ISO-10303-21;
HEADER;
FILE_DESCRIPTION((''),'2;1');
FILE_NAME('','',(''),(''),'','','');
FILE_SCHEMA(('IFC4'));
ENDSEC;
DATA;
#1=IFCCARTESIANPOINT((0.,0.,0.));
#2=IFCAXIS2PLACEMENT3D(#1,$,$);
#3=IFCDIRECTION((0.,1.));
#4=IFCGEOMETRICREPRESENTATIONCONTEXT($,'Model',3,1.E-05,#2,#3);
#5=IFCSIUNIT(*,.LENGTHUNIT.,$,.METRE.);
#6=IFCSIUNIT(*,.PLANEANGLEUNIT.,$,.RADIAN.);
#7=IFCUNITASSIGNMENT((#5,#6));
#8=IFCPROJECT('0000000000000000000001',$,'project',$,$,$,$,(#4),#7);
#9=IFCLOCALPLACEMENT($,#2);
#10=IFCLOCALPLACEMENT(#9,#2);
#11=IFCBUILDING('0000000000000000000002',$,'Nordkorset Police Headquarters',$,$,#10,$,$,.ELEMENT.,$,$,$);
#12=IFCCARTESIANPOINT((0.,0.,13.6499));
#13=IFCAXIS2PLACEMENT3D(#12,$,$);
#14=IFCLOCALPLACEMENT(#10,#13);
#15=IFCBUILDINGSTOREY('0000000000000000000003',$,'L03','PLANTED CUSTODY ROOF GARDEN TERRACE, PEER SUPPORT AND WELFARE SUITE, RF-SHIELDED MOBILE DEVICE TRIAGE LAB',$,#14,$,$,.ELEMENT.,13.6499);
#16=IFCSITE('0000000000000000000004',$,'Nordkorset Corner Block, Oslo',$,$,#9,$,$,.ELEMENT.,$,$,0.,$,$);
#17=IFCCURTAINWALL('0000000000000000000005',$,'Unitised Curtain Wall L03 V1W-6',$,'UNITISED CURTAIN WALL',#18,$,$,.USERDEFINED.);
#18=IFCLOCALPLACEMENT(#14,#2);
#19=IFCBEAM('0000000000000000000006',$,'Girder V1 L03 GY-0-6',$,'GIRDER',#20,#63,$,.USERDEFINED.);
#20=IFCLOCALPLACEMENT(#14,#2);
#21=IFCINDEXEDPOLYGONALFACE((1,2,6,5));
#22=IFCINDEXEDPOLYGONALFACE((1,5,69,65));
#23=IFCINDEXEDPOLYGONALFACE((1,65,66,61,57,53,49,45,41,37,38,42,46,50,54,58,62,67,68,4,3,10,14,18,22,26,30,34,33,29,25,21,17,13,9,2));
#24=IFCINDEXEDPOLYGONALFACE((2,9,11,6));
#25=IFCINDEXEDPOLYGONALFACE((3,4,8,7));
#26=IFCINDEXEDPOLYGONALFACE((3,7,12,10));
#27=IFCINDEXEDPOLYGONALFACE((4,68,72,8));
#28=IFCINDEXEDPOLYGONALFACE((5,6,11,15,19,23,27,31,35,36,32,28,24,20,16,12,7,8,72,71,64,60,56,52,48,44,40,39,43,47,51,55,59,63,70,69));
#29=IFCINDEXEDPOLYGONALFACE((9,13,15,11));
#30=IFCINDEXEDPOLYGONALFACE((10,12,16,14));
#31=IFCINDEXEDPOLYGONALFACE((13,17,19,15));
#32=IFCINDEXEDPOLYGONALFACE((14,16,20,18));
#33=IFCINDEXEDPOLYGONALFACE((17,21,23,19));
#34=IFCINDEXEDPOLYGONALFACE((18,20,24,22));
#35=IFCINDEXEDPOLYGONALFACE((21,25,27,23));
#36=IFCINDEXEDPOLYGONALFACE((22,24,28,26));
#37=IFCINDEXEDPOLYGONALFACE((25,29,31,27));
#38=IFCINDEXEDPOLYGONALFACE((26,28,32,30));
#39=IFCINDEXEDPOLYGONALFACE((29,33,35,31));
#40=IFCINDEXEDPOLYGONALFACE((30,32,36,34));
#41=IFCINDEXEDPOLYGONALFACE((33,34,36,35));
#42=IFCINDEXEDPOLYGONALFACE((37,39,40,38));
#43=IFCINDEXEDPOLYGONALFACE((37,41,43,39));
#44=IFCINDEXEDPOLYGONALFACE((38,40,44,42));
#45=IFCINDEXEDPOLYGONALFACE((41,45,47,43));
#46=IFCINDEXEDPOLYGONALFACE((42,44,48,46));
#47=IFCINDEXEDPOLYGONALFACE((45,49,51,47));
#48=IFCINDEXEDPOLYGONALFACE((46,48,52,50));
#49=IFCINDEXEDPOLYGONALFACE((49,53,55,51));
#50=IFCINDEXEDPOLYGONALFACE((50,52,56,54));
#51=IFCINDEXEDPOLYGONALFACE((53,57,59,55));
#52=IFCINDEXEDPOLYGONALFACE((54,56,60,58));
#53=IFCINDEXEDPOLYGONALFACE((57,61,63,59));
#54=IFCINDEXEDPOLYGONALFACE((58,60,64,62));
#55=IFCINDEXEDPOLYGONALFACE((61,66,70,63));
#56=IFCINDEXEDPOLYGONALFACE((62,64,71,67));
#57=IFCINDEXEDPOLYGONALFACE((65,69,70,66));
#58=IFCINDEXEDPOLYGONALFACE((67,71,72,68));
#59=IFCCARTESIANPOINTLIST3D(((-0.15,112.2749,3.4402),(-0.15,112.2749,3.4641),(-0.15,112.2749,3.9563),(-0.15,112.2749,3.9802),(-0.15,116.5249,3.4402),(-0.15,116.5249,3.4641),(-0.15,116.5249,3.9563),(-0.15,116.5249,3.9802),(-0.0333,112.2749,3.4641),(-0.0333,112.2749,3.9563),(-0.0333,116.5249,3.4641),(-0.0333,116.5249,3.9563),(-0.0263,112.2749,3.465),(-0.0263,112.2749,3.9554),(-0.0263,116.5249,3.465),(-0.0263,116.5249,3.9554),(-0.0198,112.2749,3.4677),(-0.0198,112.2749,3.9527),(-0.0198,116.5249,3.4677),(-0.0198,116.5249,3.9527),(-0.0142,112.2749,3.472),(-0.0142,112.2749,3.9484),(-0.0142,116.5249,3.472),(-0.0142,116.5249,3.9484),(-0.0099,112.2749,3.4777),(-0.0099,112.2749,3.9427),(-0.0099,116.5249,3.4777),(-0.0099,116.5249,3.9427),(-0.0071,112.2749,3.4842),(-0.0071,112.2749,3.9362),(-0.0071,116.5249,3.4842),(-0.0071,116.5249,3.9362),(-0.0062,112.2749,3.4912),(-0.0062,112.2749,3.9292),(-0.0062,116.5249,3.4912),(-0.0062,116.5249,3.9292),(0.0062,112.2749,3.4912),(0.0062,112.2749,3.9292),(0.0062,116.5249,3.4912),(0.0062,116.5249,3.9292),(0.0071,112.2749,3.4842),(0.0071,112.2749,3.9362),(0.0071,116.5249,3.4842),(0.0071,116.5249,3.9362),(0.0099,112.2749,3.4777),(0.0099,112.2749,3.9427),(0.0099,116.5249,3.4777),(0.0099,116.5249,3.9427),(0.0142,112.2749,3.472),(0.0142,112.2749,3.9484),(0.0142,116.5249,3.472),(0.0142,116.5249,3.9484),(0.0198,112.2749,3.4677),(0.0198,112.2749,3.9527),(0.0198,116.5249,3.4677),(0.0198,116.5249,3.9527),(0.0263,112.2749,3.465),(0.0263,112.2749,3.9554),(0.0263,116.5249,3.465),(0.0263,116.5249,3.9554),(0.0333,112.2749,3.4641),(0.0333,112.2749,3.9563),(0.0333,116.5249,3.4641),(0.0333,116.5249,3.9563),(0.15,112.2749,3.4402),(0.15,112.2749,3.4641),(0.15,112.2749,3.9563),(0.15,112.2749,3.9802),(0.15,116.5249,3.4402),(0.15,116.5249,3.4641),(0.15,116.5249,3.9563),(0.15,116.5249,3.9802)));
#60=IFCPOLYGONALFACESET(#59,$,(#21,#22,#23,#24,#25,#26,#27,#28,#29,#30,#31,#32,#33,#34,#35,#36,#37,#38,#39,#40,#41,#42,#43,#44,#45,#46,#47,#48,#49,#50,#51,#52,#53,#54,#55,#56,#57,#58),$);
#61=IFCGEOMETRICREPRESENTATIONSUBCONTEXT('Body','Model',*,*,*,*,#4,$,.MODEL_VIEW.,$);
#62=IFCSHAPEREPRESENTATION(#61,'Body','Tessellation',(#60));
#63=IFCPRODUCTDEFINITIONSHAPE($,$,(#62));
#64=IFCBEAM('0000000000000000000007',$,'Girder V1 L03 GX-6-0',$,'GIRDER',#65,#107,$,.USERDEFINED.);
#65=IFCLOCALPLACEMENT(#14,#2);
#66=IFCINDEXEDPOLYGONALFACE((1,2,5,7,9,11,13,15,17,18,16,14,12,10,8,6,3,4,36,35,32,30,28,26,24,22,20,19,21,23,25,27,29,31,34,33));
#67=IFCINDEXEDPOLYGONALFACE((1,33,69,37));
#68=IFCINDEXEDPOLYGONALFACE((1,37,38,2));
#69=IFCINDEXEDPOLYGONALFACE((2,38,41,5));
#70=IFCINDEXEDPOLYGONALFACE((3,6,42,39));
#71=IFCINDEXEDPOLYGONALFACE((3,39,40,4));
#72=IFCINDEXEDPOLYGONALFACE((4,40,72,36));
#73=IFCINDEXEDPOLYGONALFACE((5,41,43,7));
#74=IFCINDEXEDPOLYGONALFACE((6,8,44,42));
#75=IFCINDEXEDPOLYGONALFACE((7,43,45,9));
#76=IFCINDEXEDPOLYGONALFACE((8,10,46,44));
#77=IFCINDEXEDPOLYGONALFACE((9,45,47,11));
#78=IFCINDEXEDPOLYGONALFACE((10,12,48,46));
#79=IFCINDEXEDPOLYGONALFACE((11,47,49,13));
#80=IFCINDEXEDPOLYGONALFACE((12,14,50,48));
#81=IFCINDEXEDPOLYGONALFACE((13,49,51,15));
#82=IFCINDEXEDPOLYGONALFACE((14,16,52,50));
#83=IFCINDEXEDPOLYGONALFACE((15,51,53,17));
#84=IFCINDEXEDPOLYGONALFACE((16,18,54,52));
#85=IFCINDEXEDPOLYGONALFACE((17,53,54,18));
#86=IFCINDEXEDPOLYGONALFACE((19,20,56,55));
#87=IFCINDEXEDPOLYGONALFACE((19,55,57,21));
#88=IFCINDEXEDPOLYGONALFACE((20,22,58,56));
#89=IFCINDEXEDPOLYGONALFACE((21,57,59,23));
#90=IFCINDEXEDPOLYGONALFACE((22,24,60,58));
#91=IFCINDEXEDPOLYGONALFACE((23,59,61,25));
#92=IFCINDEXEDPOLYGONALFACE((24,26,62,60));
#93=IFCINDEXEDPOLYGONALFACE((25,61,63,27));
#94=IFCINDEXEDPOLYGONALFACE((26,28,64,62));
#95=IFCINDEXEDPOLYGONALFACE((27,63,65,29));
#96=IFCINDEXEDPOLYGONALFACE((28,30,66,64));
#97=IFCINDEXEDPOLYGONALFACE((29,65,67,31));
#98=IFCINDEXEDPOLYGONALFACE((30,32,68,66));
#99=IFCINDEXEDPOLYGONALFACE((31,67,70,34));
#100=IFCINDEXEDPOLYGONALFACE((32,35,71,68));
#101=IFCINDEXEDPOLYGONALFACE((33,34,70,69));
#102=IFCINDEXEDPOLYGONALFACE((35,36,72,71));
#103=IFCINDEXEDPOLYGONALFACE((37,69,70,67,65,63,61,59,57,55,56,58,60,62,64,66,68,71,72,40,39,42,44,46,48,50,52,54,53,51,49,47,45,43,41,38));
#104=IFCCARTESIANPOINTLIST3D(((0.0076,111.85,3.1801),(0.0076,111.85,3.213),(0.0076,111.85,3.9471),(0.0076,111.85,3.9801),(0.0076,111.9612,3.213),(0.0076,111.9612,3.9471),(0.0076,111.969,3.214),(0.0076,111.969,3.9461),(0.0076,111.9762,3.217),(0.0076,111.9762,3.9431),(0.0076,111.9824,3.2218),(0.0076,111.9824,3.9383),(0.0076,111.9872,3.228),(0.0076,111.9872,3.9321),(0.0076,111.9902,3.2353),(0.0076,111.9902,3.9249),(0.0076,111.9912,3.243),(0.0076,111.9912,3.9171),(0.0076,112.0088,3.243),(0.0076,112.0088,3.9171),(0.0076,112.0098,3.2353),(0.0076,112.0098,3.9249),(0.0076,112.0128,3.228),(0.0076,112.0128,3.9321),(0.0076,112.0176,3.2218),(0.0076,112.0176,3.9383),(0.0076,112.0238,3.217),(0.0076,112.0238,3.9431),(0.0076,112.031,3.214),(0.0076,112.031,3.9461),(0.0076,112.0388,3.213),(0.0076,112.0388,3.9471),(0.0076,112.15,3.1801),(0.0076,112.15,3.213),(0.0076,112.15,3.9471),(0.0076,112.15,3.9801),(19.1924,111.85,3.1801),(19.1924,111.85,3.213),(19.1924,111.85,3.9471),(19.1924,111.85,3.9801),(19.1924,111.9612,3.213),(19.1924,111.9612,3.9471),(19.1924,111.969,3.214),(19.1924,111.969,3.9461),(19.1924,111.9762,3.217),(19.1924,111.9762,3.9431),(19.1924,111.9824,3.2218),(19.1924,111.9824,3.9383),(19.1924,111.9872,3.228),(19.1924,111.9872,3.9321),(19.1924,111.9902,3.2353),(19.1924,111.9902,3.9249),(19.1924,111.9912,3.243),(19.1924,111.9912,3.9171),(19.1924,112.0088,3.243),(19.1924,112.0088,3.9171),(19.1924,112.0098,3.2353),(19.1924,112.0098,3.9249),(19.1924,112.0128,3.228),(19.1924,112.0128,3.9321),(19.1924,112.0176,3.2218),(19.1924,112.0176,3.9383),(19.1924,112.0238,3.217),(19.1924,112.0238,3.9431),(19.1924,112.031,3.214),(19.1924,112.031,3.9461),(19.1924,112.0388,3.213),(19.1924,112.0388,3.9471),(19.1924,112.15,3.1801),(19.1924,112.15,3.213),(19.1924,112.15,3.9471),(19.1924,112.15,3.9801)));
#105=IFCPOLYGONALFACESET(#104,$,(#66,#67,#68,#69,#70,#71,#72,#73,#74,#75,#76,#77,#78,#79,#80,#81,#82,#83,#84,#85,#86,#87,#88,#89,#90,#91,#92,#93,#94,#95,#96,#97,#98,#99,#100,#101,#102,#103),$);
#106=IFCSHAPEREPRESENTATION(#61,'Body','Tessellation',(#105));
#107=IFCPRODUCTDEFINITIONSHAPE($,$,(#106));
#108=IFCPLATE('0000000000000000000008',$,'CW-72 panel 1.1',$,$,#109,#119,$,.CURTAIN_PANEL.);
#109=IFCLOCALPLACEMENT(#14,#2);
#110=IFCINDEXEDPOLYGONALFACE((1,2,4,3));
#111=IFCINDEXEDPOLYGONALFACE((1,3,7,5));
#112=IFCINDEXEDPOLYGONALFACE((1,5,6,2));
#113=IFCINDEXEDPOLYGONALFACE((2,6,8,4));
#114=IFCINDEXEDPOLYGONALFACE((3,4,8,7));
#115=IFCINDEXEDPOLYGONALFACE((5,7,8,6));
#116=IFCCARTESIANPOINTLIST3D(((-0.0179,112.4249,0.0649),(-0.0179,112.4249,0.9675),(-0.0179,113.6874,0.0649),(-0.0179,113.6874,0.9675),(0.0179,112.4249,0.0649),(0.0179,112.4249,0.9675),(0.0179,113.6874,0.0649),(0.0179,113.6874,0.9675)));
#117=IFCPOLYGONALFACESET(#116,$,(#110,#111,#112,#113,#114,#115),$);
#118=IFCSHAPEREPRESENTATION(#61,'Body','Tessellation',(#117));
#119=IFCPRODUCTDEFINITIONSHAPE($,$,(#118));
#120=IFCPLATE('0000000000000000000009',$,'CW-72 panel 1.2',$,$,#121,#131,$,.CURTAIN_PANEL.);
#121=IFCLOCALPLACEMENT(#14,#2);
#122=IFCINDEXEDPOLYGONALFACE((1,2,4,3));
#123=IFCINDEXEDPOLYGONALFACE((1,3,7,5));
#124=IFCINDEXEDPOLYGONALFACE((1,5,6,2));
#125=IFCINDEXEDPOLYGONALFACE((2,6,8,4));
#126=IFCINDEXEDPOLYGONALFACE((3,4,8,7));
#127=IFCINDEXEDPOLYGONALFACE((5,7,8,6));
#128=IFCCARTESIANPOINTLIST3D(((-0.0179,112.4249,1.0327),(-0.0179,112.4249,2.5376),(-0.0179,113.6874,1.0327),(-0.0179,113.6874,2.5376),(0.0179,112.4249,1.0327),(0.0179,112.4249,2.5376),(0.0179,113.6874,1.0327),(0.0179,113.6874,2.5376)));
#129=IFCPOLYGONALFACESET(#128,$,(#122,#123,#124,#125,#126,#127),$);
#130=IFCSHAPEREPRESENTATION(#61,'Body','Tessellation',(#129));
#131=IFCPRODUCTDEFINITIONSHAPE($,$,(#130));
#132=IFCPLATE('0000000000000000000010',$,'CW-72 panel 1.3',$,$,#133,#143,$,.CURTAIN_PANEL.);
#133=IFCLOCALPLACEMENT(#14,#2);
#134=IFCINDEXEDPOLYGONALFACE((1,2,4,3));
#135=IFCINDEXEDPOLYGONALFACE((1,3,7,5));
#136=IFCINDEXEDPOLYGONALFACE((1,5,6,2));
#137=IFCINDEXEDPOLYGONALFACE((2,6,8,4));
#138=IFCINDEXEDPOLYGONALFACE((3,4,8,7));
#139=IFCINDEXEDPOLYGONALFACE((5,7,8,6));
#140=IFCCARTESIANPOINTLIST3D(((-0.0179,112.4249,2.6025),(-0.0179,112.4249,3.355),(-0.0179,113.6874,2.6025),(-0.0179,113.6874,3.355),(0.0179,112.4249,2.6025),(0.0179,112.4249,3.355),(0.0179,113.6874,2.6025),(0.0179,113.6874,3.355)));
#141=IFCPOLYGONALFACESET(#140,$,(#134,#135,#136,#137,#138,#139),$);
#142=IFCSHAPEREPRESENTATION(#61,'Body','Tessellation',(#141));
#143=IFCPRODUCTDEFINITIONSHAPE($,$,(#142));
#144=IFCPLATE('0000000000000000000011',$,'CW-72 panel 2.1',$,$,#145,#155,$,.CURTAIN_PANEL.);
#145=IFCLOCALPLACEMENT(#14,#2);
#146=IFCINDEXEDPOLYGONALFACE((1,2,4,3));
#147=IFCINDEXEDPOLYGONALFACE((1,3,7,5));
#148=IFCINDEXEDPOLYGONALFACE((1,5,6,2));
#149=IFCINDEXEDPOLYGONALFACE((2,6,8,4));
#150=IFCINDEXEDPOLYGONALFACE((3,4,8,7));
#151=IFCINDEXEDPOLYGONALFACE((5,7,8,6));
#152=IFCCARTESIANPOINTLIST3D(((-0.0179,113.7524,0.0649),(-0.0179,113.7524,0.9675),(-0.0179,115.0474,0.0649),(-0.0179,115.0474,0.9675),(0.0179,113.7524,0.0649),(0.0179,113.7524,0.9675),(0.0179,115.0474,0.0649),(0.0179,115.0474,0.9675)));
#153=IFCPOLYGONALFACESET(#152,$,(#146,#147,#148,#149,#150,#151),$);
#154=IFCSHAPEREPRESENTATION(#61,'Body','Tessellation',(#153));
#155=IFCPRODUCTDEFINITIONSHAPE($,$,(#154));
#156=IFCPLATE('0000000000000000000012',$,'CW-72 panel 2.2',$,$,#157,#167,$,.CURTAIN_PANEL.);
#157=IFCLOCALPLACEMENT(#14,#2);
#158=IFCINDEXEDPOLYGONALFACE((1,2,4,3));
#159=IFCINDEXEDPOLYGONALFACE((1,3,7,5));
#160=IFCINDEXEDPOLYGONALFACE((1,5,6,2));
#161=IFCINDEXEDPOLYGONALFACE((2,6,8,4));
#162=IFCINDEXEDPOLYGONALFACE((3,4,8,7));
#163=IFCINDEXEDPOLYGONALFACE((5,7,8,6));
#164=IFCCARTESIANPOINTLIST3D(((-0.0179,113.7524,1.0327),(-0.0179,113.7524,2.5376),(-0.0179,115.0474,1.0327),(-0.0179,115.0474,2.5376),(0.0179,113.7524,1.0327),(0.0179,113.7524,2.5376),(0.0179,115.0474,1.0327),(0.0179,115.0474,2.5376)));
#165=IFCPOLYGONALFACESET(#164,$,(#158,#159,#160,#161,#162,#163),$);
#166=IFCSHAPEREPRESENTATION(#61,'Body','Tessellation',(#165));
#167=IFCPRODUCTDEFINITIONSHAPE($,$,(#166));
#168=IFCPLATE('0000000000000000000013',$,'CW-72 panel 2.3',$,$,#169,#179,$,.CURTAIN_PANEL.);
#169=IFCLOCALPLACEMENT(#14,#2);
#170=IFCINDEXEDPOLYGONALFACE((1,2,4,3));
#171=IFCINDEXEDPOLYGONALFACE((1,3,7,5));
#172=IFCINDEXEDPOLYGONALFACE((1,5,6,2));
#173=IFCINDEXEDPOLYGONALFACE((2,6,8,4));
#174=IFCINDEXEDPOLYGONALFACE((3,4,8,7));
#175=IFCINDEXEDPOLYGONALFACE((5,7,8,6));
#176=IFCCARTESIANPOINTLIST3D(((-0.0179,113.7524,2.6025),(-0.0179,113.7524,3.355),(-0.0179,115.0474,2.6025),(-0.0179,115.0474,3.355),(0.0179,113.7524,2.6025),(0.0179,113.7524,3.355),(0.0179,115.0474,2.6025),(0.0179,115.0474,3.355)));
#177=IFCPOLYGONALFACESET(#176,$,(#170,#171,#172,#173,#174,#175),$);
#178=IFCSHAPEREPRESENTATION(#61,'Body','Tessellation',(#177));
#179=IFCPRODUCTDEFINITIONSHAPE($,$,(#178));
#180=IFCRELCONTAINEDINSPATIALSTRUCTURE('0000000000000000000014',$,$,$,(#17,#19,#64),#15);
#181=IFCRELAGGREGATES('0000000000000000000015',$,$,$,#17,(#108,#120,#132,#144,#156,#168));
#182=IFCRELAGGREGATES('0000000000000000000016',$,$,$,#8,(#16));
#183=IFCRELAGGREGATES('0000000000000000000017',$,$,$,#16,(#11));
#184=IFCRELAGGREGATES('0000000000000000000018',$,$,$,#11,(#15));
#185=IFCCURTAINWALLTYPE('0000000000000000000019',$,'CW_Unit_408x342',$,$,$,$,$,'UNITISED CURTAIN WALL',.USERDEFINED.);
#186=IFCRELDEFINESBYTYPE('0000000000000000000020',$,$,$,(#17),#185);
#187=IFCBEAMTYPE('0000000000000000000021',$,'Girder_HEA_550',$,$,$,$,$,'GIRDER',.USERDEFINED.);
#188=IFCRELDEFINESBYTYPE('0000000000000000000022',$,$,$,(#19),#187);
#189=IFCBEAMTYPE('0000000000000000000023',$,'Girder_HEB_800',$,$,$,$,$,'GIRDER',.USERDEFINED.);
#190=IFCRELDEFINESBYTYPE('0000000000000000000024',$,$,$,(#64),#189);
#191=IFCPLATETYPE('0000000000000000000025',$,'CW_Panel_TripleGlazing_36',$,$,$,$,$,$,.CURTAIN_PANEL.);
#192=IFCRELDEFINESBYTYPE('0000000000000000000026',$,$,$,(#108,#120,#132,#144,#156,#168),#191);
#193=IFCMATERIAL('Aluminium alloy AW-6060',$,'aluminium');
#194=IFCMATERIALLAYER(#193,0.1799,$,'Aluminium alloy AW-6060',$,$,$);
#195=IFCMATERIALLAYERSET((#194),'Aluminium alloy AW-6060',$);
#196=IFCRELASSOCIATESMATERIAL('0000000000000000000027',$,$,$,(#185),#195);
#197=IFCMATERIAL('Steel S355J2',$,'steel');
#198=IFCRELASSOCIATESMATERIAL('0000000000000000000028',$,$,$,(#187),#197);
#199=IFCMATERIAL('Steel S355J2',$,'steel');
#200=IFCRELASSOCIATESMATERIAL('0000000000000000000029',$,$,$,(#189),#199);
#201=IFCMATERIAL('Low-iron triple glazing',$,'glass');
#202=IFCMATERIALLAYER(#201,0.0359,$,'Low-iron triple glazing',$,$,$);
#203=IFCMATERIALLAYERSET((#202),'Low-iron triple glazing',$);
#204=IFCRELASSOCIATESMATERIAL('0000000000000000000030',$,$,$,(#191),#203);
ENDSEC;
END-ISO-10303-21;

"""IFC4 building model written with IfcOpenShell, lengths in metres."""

from ifc_helpers import new_model, si_unit, direction, frame, origin, origin_2d, place, context, subcontext, project, spatial, rectangle, i_section, extrude, material, layer, layer_set, material_profile, profile_set, type_object, element, aggregate, save


model = new_model("IFC4")

# Units and contexts
model_context = context("Model", 3, precision=1e-05, world=origin(), true_north=direction((0.0, 1.0)))
body_context = subcontext(model_context, "Body", "Model", "MODEL_VIEW")
ifc_project = project(units=[si_unit("LENGTHUNIT", "METRE"), si_unit("PLANEANGLEUNIT", "RADIAN")], contexts=[model_context])

# Site, building, storey
site_placement = place(None, origin())
site = spatial("IfcSite", under=ifc_project, at=site_placement, Name="Nordkorset Corner Block, Oslo", CompositionType="ELEMENT", RefElevation=0.0)
building_placement = place(site_placement, origin())
building = spatial("IfcBuilding", under=site, at=building_placement, Name="Nordkorset Police Headquarters", CompositionType="ELEMENT")
storey_placement = place(building_placement, frame((0.0, 0.0, 13.6499)))
storey = spatial("IfcBuildingStorey", under=building, at=storey_placement, Name="L03", Description="PLANTED CUSTODY ROOF GARDEN TERRACE, PEER SUPPORT AND WELFARE SUITE, RF-SHIELDED MOBILE DEVICE TRIAGE LAB", CompositionType="ELEMENT", Elevation=13.6499)

# Curtain wall
ifc_material_1 = material(Name="Aluminium alloy AW-6060", Category="aluminium")
ifc_layer_1 = layer(ifc_material_1, 0.1799, Name="Aluminium alloy AW-6060")
ifc_layer_set_1 = layer_set([ifc_layer_1], Name="Aluminium alloy AW-6060")
curtain_wall_type = type_object("IfcCurtainWallType", Name="CW_Unit_408x342", ElementType="UNITISED CURTAIN WALL", PredefinedType="USERDEFINED", material=ifc_layer_set_1)
curtain_wall_placement = place(storey_placement, origin())
curtain_wall = element("IfcCurtainWall", 1, at=curtain_wall_placement, inside=storey, type_object=curtain_wall_type, Name="Unitised Curtain Wall L03 V1W-6", ObjectType="UNITISED CURTAIN WALL", PredefinedType="USERDEFINED")

# Beams
ifc_material_2 = material(Name="Steel S355J2", Category="steel")
ifc_material_profile_1 = material_profile(ifc_material_2, i_section(OverallWidth=0.3, OverallDepth=0.54, WebThickness=0.0125, FlangeThickness=0.0239, FilletRadius=0.0271, at=origin_2d()), Name="HEA 550")
ifc_profile_set_1 = profile_set([ifc_material_profile_1], Name="Steel S355J2")
beam_type_1 = type_object("IfcBeamType", Name="Girder_HEA_550", ElementType="GIRDER", PredefinedType="USERDEFINED", material=ifc_profile_set_1)
beam_1_placement = place(storey_placement, frame((0.0, 112.2749, 3.7102), z_axis=(0.0, 1.0, 0.0), x_axis=(-1.0, 0.0, 0.0)))
element("IfcBeam", 2, at=beam_1_placement, inside=storey, type_object=beam_type_1, Name="Girder V1 L03 GY-0-6", ObjectType="GIRDER", PredefinedType="USERDEFINED", context=body_context, shape_type="SweptSolid", body=[
    extrude(i_section(OverallWidth=0.3, OverallDepth=0.54, WebThickness=0.0125, FlangeThickness=0.0239, FilletRadius=0.0271, at=origin_2d()), origin(), (0.0, 0.0, 1.0), 4.25),
])
ifc_material_3 = material(Name="Steel S355J2", Category="steel")
ifc_material_profile_2 = material_profile(ifc_material_3, i_section(OverallWidth=0.3, OverallDepth=0.8, WebThickness=0.0176, FlangeThickness=0.033, FilletRadius=0.03, at=origin_2d()), Name="HEB 800")
ifc_profile_set_2 = profile_set([ifc_material_profile_2], Name="Steel S355J2")
beam_type_2 = type_object("IfcBeamType", Name="Girder_HEB_800", ElementType="GIRDER", PredefinedType="USERDEFINED", material=ifc_profile_set_2)
beam_2_placement = place(storey_placement, frame((0.0076, 112.0, 3.5801), z_axis=(1.0, 0.0, 0.0), x_axis=(0.0, 1.0, 0.0)))
element("IfcBeam", 3, at=beam_2_placement, inside=storey, type_object=beam_type_2, Name="Girder V1 L03 GX-6-0", ObjectType="GIRDER", PredefinedType="USERDEFINED", context=body_context, shape_type="SweptSolid", body=[
    extrude(i_section(OverallWidth=0.3, OverallDepth=0.8, WebThickness=0.0176, FlangeThickness=0.033, FilletRadius=0.03, at=origin_2d()), origin(), (0.0, 0.0, 1.0), 19.1848),
])

# Plates
ifc_material_4 = material(Name="Low-iron triple glazing", Category="glass")
ifc_layer_2 = layer(ifc_material_4, 0.0359, Name="Low-iron triple glazing")
ifc_layer_set_2 = layer_set([ifc_layer_2], Name="Low-iron triple glazing")
plate_type = type_object("IfcPlateType", Name="CW_Panel_TripleGlazing_36", PredefinedType="CURTAIN_PANEL", material=ifc_layer_set_2)
plate_1_placement = place(storey_placement, frame((0.0, 113.0562, 0.0649), z_axis=(0.0, 0.0, 1.0), x_axis=(0.0, 1.0, 0.0)))
plate_1 = element("IfcPlate", 4, at=plate_1_placement, type_object=plate_type, Name="CW-72 panel 1.1", PredefinedType="CURTAIN_PANEL", context=body_context, shape_type="SweptSolid", body=[
    extrude(rectangle(XDim=1.2625, YDim=0.0359, at=origin_2d()), origin(), (0.0, 0.0, 1.0), 0.9026),
])
plate_2_placement = place(storey_placement, frame((0.0, 113.0562, 1.0327), z_axis=(0.0, 0.0, 1.0), x_axis=(0.0, 1.0, 0.0)))
plate_2 = element("IfcPlate", 5, at=plate_2_placement, type_object=plate_type, Name="CW-72 panel 1.2", PredefinedType="CURTAIN_PANEL", context=body_context, shape_type="SweptSolid", body=[
    extrude(rectangle(XDim=1.2625, YDim=0.0359, at=origin_2d()), origin(), (0.0, 0.0, 1.0), 1.5049),
])
plate_3_placement = place(storey_placement, frame((0.0, 113.0562, 2.6025), z_axis=(0.0, 0.0, 1.0), x_axis=(0.0, 1.0, 0.0)))
plate_3 = element("IfcPlate", 6, at=plate_3_placement, type_object=plate_type, Name="CW-72 panel 1.3", PredefinedType="CURTAIN_PANEL", context=body_context, shape_type="SweptSolid", body=[
    extrude(rectangle(XDim=1.2625, YDim=0.0359, at=origin_2d()), origin(), (0.0, 0.0, 1.0), 0.7524),
])
plate_4_placement = place(storey_placement, frame((0.0, 114.3999, 0.0649), z_axis=(0.0, 0.0, 1.0), x_axis=(0.0, 1.0, 0.0)))
plate_4 = element("IfcPlate", 7, at=plate_4_placement, type_object=plate_type, Name="CW-72 panel 2.1", PredefinedType="CURTAIN_PANEL", context=body_context, shape_type="SweptSolid", body=[
    extrude(rectangle(XDim=1.2949, YDim=0.0359, at=origin_2d()), origin(), (0.0, 0.0, 1.0), 0.9026),
])
plate_5_placement = place(storey_placement, frame((0.0, 114.3999, 1.0327), z_axis=(0.0, 0.0, 1.0), x_axis=(0.0, 1.0, 0.0)))
plate_5 = element("IfcPlate", 8, at=plate_5_placement, type_object=plate_type, Name="CW-72 panel 2.2", PredefinedType="CURTAIN_PANEL", context=body_context, shape_type="SweptSolid", body=[
    extrude(rectangle(XDim=1.2949, YDim=0.0359, at=origin_2d()), origin(), (0.0, 0.0, 1.0), 1.5049),
])
plate_6_placement = place(storey_placement, frame((0.0, 114.3999, 2.6025), z_axis=(0.0, 0.0, 1.0), x_axis=(0.0, 1.0, 0.0)))
plate_6 = element("IfcPlate", 9, at=plate_6_placement, type_object=plate_type, Name="CW-72 panel 2.3", PredefinedType="CURTAIN_PANEL", context=body_context, shape_type="SweptSolid", body=[
    extrude(rectangle(XDim=1.2949, YDim=0.0359, at=origin_2d()), origin(), (0.0, 0.0, 1.0), 0.7524),
])
aggregate(curtain_wall, [plate_1, plate_2, plate_3, plate_4, plate_5, plate_6])

save(model, "model.ifc")
